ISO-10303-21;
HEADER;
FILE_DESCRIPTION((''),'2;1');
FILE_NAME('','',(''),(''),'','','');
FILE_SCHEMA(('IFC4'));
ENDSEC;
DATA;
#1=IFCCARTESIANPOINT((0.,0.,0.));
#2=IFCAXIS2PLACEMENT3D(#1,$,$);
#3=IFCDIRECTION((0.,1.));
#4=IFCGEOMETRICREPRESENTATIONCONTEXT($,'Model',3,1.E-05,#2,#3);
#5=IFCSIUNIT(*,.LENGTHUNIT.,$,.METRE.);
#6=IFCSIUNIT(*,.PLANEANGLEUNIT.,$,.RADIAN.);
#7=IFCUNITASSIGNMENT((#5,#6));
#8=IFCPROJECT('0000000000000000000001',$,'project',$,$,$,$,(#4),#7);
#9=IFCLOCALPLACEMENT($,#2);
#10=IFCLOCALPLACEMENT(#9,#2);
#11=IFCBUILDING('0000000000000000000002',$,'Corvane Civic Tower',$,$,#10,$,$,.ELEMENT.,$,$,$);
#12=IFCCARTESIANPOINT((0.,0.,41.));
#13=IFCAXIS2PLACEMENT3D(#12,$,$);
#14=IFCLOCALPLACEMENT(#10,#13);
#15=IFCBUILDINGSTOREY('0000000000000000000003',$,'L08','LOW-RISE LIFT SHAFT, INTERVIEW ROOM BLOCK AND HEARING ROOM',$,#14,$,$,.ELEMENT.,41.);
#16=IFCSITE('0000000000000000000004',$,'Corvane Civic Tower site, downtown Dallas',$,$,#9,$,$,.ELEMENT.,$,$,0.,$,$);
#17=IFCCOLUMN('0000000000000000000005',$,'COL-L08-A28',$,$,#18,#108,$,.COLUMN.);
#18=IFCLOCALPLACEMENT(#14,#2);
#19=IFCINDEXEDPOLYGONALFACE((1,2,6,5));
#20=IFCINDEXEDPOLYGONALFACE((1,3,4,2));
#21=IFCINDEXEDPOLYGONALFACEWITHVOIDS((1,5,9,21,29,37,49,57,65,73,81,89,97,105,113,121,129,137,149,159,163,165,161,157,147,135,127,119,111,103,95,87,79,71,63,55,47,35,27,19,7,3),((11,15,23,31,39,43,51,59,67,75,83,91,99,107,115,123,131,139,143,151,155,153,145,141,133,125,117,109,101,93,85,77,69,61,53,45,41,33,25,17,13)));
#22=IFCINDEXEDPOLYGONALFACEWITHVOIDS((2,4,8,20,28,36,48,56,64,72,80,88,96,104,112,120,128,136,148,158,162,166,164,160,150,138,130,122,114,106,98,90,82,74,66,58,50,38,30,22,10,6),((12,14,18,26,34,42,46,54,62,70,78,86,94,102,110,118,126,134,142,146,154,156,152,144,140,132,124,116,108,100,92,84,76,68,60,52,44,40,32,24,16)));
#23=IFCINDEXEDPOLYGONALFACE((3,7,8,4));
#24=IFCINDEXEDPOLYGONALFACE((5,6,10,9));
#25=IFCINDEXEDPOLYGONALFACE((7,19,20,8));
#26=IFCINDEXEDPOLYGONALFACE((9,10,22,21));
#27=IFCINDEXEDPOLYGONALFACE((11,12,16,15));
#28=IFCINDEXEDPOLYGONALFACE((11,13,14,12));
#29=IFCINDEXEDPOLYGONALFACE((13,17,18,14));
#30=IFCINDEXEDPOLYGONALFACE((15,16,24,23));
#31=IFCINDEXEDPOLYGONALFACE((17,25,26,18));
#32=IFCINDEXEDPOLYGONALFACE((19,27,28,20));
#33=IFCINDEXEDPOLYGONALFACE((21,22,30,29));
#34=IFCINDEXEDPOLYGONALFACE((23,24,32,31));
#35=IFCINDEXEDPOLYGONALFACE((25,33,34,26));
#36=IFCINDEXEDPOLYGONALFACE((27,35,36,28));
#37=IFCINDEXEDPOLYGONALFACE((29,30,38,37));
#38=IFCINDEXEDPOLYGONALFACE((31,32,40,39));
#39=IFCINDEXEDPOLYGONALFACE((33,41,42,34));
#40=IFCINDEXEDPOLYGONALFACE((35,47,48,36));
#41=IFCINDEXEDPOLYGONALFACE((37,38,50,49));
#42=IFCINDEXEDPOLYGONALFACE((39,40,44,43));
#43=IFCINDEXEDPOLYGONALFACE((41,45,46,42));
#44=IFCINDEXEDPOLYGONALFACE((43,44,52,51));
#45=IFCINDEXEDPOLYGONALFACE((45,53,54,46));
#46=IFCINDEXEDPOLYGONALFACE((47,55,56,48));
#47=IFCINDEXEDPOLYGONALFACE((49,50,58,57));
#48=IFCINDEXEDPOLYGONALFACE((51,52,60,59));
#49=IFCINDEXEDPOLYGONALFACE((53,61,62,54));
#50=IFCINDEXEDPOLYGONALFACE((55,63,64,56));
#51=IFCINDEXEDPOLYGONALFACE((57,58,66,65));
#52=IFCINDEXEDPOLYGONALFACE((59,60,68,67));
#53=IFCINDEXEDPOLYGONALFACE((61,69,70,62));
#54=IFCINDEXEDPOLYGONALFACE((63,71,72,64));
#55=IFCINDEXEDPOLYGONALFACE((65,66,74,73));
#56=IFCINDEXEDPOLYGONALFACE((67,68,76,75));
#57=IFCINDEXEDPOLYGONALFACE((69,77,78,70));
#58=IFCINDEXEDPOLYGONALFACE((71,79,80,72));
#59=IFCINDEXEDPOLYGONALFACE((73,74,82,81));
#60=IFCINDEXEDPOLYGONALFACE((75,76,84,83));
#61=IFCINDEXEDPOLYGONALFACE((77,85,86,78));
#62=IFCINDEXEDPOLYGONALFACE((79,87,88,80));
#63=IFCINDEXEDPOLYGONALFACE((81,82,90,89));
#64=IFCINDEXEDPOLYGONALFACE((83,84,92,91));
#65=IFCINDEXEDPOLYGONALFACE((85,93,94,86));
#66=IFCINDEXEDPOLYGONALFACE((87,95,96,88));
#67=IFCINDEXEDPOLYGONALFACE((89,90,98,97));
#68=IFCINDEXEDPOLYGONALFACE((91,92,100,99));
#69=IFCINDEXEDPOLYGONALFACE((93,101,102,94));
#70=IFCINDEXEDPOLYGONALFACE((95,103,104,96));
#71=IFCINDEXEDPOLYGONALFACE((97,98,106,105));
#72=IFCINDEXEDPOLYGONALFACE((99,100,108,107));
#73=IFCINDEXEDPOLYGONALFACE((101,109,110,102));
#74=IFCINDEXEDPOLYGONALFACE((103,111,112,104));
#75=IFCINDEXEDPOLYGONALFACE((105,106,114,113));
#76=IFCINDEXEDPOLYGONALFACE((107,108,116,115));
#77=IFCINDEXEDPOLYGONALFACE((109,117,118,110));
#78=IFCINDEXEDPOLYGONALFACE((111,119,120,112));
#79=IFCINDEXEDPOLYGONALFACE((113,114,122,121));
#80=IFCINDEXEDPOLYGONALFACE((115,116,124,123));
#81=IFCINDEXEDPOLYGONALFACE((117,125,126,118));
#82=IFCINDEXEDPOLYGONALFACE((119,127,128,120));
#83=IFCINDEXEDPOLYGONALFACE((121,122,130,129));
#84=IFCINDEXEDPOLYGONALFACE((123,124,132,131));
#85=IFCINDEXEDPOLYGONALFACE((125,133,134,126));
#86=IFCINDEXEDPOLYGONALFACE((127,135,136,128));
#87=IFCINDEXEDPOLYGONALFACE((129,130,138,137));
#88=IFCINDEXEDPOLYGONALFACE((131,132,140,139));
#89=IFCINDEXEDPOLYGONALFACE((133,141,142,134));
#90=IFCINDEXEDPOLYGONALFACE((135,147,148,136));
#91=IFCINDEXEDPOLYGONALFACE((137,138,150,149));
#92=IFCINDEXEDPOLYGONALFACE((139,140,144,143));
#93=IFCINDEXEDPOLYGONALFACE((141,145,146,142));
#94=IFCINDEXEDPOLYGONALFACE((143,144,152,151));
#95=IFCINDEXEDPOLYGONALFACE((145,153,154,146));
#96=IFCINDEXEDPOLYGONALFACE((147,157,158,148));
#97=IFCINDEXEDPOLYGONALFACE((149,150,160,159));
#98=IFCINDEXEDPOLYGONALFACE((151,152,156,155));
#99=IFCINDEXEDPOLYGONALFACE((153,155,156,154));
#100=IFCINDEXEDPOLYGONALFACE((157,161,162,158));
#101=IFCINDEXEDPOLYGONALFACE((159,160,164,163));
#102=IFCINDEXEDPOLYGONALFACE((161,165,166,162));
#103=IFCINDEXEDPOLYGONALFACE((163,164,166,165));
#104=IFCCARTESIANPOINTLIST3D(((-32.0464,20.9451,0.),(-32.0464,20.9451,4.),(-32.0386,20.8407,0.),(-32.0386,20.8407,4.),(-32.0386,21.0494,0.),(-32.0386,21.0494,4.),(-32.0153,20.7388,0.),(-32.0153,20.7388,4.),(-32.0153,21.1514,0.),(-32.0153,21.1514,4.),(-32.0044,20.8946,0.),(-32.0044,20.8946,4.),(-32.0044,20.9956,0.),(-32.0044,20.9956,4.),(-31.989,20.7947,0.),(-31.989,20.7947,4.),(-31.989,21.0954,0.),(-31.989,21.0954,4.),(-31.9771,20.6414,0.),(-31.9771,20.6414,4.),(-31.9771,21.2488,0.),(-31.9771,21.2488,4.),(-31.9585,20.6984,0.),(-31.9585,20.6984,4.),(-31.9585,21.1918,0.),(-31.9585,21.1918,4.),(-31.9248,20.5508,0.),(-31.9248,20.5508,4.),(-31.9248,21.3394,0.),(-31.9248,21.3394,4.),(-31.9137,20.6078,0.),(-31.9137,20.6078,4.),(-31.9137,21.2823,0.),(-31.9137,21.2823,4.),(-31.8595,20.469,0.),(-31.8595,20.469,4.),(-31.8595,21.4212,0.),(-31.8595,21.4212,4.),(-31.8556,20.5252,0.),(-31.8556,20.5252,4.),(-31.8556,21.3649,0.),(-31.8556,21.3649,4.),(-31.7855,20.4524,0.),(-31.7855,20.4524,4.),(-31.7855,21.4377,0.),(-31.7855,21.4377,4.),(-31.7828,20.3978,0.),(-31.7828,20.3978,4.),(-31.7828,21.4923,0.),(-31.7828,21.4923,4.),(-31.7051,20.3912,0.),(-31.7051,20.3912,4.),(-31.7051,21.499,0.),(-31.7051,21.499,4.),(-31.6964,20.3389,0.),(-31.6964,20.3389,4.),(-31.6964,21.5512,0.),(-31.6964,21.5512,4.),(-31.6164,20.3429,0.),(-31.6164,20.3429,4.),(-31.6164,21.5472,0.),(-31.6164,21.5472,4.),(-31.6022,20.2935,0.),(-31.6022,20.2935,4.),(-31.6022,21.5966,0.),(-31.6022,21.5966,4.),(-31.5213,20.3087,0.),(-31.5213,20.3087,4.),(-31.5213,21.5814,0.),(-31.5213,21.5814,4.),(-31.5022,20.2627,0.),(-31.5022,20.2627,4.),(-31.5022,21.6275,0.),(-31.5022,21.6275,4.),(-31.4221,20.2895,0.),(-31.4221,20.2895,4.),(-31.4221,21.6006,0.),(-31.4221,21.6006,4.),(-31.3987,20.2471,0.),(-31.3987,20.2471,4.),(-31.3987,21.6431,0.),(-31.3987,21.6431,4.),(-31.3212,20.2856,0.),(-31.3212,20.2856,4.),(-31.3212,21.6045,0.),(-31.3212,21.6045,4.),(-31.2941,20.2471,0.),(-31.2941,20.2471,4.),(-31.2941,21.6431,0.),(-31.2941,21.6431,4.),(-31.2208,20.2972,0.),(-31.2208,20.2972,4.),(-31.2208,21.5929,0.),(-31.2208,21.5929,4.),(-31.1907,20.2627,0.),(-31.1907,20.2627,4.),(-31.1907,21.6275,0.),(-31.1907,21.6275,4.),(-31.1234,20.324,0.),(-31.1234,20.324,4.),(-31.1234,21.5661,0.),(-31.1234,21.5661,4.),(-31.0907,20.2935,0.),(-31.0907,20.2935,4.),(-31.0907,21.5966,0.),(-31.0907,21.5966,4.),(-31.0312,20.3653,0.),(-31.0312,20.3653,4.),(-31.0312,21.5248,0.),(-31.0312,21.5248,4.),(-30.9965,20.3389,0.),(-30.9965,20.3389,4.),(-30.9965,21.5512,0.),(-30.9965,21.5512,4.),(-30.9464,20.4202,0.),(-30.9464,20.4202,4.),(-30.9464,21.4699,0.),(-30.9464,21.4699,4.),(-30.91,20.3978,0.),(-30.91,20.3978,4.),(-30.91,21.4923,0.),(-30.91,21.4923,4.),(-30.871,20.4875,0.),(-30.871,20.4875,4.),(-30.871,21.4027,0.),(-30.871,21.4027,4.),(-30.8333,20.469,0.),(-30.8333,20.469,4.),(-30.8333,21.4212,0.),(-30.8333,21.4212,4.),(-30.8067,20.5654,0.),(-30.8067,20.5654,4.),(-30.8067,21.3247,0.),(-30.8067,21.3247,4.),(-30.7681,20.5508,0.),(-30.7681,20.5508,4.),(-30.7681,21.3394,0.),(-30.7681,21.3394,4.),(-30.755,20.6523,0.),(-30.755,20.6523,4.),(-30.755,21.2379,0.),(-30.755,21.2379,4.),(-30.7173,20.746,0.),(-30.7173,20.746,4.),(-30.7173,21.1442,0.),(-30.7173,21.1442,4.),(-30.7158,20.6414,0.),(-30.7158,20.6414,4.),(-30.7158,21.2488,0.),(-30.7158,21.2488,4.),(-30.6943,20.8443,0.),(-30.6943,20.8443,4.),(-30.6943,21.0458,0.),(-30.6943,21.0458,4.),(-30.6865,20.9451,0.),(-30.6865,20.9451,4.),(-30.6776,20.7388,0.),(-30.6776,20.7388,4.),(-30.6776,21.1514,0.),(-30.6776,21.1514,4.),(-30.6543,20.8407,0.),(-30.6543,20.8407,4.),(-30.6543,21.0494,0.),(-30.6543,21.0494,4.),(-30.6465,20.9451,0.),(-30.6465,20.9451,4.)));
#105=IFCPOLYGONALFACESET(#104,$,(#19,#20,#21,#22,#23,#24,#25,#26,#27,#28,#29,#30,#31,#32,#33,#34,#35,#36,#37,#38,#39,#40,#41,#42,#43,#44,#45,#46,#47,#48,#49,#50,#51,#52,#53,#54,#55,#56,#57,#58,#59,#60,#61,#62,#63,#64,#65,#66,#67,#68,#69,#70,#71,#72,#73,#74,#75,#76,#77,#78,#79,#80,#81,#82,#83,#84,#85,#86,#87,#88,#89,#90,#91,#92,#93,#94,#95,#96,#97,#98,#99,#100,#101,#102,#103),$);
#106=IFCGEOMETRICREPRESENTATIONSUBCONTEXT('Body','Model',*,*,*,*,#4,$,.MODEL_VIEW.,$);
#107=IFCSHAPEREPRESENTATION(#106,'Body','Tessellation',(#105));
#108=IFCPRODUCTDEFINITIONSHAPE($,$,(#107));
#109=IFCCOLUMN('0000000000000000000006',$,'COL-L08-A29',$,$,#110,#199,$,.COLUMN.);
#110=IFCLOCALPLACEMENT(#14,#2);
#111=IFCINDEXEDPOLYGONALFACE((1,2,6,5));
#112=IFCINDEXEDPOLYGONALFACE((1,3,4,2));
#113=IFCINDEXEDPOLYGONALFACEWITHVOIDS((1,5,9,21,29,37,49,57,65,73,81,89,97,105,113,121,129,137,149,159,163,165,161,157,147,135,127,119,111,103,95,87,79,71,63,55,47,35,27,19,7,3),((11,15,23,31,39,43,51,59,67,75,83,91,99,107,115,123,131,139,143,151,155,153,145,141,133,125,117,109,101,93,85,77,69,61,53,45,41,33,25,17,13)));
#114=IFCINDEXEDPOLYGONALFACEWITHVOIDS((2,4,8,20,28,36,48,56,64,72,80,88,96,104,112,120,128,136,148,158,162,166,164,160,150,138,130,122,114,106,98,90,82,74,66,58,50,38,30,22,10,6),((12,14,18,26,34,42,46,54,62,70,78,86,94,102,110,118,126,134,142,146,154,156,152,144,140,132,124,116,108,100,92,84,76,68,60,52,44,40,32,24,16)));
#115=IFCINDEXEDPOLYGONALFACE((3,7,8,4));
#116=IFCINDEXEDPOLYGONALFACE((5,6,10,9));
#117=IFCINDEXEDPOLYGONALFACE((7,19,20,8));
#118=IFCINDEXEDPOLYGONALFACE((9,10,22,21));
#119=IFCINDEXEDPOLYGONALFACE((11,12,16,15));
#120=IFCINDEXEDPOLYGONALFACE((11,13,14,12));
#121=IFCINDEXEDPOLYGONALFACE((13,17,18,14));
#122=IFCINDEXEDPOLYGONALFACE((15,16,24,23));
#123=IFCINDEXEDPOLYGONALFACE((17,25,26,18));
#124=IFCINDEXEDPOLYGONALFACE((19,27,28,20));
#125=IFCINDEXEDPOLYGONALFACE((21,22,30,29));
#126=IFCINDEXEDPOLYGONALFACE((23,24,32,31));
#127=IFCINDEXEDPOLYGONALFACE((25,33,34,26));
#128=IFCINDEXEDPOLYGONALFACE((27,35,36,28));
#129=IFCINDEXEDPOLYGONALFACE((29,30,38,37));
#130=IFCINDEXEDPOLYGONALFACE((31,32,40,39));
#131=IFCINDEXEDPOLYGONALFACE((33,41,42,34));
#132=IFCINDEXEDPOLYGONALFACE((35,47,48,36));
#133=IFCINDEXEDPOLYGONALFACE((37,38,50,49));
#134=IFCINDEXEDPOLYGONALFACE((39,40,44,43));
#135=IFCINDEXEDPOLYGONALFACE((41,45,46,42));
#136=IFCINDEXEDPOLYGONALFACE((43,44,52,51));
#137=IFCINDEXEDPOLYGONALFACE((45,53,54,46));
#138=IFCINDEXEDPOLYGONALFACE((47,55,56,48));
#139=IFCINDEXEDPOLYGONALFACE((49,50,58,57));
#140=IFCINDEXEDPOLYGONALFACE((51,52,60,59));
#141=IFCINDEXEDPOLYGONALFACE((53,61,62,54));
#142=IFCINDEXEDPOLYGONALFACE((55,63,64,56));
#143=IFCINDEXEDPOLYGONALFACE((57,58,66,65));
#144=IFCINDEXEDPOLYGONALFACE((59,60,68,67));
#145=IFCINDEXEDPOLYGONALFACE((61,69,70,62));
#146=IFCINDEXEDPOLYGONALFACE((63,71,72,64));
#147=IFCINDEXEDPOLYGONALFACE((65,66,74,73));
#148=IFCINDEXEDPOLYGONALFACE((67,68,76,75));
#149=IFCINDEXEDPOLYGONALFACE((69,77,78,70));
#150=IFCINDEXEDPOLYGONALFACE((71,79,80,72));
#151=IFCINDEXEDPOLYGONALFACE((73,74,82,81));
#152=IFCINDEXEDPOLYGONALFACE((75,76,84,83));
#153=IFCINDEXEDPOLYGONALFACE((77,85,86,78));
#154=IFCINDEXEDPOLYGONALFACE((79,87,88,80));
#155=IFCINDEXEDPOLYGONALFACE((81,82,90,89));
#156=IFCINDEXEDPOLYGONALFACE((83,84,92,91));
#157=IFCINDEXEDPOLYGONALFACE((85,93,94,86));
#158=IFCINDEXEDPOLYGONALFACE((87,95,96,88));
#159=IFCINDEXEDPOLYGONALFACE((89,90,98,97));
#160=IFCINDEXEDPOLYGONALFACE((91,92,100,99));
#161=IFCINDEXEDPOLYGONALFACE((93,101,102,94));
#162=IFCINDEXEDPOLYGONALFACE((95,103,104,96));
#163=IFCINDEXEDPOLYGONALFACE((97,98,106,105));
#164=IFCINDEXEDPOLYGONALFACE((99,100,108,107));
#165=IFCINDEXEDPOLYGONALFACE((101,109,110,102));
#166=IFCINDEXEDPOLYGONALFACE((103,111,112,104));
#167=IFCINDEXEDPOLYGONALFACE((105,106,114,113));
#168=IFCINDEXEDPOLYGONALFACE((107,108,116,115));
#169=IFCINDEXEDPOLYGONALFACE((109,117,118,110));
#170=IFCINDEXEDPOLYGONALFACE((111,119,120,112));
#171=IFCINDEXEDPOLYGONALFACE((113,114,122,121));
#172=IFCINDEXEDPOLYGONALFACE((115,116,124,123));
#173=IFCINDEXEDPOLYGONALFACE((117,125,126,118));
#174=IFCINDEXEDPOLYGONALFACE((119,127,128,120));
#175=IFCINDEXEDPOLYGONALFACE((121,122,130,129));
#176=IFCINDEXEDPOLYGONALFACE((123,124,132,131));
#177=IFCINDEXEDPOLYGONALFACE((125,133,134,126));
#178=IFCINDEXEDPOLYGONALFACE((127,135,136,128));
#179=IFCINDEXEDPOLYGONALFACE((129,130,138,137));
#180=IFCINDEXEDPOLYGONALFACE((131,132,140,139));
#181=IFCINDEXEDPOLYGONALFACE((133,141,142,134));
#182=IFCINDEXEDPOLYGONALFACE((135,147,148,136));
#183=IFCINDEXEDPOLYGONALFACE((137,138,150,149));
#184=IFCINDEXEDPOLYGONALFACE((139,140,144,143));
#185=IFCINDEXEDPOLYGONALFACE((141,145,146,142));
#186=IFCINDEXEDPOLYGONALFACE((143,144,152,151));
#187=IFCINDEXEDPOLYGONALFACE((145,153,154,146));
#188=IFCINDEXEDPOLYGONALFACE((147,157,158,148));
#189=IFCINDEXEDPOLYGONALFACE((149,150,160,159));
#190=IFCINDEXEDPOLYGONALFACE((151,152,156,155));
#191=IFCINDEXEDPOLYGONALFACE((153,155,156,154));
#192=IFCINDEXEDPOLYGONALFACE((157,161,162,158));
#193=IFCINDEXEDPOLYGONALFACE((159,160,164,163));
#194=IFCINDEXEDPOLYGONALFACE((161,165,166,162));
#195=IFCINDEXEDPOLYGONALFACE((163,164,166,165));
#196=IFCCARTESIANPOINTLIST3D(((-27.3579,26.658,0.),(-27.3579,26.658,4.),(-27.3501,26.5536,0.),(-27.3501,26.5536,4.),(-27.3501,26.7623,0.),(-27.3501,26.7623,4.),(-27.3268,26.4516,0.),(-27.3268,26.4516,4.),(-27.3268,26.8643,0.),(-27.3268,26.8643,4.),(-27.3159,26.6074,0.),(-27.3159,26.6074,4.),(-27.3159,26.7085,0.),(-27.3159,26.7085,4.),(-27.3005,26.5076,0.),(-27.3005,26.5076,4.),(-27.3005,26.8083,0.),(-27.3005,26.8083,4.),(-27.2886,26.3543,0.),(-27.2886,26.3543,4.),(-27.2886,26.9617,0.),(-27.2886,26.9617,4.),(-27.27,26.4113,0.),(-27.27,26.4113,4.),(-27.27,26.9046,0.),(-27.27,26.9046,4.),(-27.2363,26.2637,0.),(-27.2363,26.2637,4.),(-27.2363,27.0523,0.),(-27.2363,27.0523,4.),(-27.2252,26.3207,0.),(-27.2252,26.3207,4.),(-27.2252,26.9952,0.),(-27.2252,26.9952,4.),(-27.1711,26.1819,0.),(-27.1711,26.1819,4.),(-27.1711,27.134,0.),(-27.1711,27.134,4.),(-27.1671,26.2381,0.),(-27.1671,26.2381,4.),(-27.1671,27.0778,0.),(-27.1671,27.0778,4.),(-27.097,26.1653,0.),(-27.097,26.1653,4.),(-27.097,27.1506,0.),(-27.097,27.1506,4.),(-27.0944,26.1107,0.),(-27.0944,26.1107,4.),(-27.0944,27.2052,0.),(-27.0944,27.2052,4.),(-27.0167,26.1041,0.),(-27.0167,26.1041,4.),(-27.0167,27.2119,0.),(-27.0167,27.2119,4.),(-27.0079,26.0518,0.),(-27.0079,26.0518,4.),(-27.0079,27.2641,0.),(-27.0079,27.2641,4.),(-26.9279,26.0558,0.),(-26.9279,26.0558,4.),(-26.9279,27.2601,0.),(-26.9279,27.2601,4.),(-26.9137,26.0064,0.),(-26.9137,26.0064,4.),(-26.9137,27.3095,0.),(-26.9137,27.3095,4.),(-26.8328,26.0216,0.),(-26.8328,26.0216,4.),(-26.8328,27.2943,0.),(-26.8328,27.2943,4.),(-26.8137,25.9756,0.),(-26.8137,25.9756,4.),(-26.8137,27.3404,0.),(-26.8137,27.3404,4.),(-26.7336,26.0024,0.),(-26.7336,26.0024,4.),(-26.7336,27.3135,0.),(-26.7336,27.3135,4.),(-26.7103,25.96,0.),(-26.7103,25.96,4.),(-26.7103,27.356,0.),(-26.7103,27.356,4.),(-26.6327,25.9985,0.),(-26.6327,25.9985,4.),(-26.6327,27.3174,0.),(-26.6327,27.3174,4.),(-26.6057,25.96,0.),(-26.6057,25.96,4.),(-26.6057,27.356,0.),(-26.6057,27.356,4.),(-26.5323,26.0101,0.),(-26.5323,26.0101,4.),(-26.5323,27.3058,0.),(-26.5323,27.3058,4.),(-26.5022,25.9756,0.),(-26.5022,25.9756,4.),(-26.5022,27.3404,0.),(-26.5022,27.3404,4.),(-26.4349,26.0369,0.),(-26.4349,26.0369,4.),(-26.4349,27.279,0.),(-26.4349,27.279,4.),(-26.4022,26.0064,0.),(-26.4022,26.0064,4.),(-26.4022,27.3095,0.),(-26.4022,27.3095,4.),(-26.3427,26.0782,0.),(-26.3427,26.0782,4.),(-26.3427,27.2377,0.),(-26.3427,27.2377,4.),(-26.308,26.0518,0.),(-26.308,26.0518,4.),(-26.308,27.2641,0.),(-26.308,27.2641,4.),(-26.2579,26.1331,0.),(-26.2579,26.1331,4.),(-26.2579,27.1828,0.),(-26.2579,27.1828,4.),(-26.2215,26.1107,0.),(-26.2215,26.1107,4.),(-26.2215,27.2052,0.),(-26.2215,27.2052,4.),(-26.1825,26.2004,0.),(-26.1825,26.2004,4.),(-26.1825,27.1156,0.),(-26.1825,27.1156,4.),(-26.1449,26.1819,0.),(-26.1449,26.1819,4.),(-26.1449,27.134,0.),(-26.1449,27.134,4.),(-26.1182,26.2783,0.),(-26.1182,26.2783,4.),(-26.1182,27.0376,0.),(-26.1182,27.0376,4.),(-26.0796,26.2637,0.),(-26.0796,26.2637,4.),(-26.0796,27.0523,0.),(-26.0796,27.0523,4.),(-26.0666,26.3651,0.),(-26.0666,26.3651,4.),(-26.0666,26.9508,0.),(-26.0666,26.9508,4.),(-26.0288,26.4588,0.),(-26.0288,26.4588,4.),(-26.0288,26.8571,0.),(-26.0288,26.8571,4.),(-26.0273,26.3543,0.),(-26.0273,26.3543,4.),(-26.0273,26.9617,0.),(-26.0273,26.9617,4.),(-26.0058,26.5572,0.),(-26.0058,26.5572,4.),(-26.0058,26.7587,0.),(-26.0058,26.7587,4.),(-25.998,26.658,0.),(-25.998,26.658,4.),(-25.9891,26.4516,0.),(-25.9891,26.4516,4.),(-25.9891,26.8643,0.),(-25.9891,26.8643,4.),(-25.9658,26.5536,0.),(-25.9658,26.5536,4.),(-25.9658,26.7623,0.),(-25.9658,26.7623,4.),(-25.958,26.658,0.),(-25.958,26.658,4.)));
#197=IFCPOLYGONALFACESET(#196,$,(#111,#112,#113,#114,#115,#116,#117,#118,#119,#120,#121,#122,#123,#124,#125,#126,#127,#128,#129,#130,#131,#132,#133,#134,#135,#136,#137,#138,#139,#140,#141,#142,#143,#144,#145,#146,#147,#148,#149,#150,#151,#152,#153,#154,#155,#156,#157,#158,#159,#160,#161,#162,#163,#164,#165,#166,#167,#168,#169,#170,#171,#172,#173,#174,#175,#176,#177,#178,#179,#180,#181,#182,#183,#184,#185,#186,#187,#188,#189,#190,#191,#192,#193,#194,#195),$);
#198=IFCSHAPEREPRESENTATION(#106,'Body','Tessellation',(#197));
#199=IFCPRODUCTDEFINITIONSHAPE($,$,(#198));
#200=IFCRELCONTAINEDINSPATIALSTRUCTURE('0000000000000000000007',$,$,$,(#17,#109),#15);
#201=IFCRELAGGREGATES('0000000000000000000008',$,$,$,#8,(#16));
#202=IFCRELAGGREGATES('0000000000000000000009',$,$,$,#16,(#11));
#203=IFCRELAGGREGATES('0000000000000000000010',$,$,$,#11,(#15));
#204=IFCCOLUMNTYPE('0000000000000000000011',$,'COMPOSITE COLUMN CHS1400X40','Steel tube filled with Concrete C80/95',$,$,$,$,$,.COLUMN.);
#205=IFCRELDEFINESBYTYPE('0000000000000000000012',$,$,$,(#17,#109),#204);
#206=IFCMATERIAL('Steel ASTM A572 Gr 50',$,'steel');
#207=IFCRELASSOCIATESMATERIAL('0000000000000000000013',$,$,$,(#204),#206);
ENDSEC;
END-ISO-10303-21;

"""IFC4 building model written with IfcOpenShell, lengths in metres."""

from ifc_helpers import new_model, si_unit, direction, frame, origin, origin_2d, place, context, subcontext, project, spatial, hollow_circle, extrude, material, material_profile, profile_set, type_object, element, save


model = new_model("IFC4")

# Units and contexts
model_context = context("Model", 3, precision=1e-05, world=origin(), true_north=direction((0.0, 1.0)))
body_context = subcontext(model_context, "Body", "Model", "MODEL_VIEW")
ifc_project = project(units=[si_unit("LENGTHUNIT", "METRE"), si_unit("PLANEANGLEUNIT", "RADIAN")], contexts=[model_context])

# Site, building, storey
site_placement = place(None, origin())
site = spatial("IfcSite", under=ifc_project, at=site_placement, Name="Corvane Civic Tower site, downtown Dallas", CompositionType="ELEMENT", RefElevation=0.0)
building_placement = place(site_placement, origin())
building = spatial("IfcBuilding", under=site, at=building_placement, Name="Corvane Civic Tower", CompositionType="ELEMENT")
storey_placement = place(building_placement, frame((0.0, 0.0, 41.0)))
storey = spatial("IfcBuildingStorey", under=building, at=storey_placement, Name="L08", Description="LOW-RISE LIFT SHAFT, INTERVIEW ROOM BLOCK AND HEARING ROOM", CompositionType="ELEMENT", Elevation=41.0)

# Columns
ifc_material_1 = material(Name="Steel ASTM A572 Gr 50", Category="steel")
ifc_material_profile_1 = material_profile(ifc_material_1, hollow_circle(Radius=0.7, WallThickness=0.04, at=origin_2d()), Name="CHS1400X40")
ifc_profile_set_1 = profile_set([ifc_material_profile_1], Name="Steel ASTM A572 Gr 50")
column_type = type_object("IfcColumnType", Name="COMPOSITE COLUMN CHS1400X40", Description="Steel tube filled with Concrete C80/95", PredefinedType="COLUMN", material=ifc_profile_set_1)
for number, where, z_axis, x_axis, name in (
    (1, (-31.3464, 20.9451, 0.0), (0.0, 0.0, 1.0), (1.0, 0.0, 0.0), "COL-L08-A28"),
    (2, (-26.658, 26.658, 0.0), (0.0, 0.0, 1.0), (1.0, 0.0, 0.0), "COL-L08-A29"),
):
    element("IfcColumn", number, at=place(storey_placement, frame(where, z_axis=z_axis, x_axis=x_axis)), inside=storey, type_object=column_type, Name=name, PredefinedType="COLUMN", context=body_context, shape_type="SweptSolid", body=[
        extrude(hollow_circle(Radius=0.7, WallThickness=0.04, at=origin_2d()), origin(), (0.0, 0.0, 1.0), 4.0),
    ])

save(model, "model.ifc")
